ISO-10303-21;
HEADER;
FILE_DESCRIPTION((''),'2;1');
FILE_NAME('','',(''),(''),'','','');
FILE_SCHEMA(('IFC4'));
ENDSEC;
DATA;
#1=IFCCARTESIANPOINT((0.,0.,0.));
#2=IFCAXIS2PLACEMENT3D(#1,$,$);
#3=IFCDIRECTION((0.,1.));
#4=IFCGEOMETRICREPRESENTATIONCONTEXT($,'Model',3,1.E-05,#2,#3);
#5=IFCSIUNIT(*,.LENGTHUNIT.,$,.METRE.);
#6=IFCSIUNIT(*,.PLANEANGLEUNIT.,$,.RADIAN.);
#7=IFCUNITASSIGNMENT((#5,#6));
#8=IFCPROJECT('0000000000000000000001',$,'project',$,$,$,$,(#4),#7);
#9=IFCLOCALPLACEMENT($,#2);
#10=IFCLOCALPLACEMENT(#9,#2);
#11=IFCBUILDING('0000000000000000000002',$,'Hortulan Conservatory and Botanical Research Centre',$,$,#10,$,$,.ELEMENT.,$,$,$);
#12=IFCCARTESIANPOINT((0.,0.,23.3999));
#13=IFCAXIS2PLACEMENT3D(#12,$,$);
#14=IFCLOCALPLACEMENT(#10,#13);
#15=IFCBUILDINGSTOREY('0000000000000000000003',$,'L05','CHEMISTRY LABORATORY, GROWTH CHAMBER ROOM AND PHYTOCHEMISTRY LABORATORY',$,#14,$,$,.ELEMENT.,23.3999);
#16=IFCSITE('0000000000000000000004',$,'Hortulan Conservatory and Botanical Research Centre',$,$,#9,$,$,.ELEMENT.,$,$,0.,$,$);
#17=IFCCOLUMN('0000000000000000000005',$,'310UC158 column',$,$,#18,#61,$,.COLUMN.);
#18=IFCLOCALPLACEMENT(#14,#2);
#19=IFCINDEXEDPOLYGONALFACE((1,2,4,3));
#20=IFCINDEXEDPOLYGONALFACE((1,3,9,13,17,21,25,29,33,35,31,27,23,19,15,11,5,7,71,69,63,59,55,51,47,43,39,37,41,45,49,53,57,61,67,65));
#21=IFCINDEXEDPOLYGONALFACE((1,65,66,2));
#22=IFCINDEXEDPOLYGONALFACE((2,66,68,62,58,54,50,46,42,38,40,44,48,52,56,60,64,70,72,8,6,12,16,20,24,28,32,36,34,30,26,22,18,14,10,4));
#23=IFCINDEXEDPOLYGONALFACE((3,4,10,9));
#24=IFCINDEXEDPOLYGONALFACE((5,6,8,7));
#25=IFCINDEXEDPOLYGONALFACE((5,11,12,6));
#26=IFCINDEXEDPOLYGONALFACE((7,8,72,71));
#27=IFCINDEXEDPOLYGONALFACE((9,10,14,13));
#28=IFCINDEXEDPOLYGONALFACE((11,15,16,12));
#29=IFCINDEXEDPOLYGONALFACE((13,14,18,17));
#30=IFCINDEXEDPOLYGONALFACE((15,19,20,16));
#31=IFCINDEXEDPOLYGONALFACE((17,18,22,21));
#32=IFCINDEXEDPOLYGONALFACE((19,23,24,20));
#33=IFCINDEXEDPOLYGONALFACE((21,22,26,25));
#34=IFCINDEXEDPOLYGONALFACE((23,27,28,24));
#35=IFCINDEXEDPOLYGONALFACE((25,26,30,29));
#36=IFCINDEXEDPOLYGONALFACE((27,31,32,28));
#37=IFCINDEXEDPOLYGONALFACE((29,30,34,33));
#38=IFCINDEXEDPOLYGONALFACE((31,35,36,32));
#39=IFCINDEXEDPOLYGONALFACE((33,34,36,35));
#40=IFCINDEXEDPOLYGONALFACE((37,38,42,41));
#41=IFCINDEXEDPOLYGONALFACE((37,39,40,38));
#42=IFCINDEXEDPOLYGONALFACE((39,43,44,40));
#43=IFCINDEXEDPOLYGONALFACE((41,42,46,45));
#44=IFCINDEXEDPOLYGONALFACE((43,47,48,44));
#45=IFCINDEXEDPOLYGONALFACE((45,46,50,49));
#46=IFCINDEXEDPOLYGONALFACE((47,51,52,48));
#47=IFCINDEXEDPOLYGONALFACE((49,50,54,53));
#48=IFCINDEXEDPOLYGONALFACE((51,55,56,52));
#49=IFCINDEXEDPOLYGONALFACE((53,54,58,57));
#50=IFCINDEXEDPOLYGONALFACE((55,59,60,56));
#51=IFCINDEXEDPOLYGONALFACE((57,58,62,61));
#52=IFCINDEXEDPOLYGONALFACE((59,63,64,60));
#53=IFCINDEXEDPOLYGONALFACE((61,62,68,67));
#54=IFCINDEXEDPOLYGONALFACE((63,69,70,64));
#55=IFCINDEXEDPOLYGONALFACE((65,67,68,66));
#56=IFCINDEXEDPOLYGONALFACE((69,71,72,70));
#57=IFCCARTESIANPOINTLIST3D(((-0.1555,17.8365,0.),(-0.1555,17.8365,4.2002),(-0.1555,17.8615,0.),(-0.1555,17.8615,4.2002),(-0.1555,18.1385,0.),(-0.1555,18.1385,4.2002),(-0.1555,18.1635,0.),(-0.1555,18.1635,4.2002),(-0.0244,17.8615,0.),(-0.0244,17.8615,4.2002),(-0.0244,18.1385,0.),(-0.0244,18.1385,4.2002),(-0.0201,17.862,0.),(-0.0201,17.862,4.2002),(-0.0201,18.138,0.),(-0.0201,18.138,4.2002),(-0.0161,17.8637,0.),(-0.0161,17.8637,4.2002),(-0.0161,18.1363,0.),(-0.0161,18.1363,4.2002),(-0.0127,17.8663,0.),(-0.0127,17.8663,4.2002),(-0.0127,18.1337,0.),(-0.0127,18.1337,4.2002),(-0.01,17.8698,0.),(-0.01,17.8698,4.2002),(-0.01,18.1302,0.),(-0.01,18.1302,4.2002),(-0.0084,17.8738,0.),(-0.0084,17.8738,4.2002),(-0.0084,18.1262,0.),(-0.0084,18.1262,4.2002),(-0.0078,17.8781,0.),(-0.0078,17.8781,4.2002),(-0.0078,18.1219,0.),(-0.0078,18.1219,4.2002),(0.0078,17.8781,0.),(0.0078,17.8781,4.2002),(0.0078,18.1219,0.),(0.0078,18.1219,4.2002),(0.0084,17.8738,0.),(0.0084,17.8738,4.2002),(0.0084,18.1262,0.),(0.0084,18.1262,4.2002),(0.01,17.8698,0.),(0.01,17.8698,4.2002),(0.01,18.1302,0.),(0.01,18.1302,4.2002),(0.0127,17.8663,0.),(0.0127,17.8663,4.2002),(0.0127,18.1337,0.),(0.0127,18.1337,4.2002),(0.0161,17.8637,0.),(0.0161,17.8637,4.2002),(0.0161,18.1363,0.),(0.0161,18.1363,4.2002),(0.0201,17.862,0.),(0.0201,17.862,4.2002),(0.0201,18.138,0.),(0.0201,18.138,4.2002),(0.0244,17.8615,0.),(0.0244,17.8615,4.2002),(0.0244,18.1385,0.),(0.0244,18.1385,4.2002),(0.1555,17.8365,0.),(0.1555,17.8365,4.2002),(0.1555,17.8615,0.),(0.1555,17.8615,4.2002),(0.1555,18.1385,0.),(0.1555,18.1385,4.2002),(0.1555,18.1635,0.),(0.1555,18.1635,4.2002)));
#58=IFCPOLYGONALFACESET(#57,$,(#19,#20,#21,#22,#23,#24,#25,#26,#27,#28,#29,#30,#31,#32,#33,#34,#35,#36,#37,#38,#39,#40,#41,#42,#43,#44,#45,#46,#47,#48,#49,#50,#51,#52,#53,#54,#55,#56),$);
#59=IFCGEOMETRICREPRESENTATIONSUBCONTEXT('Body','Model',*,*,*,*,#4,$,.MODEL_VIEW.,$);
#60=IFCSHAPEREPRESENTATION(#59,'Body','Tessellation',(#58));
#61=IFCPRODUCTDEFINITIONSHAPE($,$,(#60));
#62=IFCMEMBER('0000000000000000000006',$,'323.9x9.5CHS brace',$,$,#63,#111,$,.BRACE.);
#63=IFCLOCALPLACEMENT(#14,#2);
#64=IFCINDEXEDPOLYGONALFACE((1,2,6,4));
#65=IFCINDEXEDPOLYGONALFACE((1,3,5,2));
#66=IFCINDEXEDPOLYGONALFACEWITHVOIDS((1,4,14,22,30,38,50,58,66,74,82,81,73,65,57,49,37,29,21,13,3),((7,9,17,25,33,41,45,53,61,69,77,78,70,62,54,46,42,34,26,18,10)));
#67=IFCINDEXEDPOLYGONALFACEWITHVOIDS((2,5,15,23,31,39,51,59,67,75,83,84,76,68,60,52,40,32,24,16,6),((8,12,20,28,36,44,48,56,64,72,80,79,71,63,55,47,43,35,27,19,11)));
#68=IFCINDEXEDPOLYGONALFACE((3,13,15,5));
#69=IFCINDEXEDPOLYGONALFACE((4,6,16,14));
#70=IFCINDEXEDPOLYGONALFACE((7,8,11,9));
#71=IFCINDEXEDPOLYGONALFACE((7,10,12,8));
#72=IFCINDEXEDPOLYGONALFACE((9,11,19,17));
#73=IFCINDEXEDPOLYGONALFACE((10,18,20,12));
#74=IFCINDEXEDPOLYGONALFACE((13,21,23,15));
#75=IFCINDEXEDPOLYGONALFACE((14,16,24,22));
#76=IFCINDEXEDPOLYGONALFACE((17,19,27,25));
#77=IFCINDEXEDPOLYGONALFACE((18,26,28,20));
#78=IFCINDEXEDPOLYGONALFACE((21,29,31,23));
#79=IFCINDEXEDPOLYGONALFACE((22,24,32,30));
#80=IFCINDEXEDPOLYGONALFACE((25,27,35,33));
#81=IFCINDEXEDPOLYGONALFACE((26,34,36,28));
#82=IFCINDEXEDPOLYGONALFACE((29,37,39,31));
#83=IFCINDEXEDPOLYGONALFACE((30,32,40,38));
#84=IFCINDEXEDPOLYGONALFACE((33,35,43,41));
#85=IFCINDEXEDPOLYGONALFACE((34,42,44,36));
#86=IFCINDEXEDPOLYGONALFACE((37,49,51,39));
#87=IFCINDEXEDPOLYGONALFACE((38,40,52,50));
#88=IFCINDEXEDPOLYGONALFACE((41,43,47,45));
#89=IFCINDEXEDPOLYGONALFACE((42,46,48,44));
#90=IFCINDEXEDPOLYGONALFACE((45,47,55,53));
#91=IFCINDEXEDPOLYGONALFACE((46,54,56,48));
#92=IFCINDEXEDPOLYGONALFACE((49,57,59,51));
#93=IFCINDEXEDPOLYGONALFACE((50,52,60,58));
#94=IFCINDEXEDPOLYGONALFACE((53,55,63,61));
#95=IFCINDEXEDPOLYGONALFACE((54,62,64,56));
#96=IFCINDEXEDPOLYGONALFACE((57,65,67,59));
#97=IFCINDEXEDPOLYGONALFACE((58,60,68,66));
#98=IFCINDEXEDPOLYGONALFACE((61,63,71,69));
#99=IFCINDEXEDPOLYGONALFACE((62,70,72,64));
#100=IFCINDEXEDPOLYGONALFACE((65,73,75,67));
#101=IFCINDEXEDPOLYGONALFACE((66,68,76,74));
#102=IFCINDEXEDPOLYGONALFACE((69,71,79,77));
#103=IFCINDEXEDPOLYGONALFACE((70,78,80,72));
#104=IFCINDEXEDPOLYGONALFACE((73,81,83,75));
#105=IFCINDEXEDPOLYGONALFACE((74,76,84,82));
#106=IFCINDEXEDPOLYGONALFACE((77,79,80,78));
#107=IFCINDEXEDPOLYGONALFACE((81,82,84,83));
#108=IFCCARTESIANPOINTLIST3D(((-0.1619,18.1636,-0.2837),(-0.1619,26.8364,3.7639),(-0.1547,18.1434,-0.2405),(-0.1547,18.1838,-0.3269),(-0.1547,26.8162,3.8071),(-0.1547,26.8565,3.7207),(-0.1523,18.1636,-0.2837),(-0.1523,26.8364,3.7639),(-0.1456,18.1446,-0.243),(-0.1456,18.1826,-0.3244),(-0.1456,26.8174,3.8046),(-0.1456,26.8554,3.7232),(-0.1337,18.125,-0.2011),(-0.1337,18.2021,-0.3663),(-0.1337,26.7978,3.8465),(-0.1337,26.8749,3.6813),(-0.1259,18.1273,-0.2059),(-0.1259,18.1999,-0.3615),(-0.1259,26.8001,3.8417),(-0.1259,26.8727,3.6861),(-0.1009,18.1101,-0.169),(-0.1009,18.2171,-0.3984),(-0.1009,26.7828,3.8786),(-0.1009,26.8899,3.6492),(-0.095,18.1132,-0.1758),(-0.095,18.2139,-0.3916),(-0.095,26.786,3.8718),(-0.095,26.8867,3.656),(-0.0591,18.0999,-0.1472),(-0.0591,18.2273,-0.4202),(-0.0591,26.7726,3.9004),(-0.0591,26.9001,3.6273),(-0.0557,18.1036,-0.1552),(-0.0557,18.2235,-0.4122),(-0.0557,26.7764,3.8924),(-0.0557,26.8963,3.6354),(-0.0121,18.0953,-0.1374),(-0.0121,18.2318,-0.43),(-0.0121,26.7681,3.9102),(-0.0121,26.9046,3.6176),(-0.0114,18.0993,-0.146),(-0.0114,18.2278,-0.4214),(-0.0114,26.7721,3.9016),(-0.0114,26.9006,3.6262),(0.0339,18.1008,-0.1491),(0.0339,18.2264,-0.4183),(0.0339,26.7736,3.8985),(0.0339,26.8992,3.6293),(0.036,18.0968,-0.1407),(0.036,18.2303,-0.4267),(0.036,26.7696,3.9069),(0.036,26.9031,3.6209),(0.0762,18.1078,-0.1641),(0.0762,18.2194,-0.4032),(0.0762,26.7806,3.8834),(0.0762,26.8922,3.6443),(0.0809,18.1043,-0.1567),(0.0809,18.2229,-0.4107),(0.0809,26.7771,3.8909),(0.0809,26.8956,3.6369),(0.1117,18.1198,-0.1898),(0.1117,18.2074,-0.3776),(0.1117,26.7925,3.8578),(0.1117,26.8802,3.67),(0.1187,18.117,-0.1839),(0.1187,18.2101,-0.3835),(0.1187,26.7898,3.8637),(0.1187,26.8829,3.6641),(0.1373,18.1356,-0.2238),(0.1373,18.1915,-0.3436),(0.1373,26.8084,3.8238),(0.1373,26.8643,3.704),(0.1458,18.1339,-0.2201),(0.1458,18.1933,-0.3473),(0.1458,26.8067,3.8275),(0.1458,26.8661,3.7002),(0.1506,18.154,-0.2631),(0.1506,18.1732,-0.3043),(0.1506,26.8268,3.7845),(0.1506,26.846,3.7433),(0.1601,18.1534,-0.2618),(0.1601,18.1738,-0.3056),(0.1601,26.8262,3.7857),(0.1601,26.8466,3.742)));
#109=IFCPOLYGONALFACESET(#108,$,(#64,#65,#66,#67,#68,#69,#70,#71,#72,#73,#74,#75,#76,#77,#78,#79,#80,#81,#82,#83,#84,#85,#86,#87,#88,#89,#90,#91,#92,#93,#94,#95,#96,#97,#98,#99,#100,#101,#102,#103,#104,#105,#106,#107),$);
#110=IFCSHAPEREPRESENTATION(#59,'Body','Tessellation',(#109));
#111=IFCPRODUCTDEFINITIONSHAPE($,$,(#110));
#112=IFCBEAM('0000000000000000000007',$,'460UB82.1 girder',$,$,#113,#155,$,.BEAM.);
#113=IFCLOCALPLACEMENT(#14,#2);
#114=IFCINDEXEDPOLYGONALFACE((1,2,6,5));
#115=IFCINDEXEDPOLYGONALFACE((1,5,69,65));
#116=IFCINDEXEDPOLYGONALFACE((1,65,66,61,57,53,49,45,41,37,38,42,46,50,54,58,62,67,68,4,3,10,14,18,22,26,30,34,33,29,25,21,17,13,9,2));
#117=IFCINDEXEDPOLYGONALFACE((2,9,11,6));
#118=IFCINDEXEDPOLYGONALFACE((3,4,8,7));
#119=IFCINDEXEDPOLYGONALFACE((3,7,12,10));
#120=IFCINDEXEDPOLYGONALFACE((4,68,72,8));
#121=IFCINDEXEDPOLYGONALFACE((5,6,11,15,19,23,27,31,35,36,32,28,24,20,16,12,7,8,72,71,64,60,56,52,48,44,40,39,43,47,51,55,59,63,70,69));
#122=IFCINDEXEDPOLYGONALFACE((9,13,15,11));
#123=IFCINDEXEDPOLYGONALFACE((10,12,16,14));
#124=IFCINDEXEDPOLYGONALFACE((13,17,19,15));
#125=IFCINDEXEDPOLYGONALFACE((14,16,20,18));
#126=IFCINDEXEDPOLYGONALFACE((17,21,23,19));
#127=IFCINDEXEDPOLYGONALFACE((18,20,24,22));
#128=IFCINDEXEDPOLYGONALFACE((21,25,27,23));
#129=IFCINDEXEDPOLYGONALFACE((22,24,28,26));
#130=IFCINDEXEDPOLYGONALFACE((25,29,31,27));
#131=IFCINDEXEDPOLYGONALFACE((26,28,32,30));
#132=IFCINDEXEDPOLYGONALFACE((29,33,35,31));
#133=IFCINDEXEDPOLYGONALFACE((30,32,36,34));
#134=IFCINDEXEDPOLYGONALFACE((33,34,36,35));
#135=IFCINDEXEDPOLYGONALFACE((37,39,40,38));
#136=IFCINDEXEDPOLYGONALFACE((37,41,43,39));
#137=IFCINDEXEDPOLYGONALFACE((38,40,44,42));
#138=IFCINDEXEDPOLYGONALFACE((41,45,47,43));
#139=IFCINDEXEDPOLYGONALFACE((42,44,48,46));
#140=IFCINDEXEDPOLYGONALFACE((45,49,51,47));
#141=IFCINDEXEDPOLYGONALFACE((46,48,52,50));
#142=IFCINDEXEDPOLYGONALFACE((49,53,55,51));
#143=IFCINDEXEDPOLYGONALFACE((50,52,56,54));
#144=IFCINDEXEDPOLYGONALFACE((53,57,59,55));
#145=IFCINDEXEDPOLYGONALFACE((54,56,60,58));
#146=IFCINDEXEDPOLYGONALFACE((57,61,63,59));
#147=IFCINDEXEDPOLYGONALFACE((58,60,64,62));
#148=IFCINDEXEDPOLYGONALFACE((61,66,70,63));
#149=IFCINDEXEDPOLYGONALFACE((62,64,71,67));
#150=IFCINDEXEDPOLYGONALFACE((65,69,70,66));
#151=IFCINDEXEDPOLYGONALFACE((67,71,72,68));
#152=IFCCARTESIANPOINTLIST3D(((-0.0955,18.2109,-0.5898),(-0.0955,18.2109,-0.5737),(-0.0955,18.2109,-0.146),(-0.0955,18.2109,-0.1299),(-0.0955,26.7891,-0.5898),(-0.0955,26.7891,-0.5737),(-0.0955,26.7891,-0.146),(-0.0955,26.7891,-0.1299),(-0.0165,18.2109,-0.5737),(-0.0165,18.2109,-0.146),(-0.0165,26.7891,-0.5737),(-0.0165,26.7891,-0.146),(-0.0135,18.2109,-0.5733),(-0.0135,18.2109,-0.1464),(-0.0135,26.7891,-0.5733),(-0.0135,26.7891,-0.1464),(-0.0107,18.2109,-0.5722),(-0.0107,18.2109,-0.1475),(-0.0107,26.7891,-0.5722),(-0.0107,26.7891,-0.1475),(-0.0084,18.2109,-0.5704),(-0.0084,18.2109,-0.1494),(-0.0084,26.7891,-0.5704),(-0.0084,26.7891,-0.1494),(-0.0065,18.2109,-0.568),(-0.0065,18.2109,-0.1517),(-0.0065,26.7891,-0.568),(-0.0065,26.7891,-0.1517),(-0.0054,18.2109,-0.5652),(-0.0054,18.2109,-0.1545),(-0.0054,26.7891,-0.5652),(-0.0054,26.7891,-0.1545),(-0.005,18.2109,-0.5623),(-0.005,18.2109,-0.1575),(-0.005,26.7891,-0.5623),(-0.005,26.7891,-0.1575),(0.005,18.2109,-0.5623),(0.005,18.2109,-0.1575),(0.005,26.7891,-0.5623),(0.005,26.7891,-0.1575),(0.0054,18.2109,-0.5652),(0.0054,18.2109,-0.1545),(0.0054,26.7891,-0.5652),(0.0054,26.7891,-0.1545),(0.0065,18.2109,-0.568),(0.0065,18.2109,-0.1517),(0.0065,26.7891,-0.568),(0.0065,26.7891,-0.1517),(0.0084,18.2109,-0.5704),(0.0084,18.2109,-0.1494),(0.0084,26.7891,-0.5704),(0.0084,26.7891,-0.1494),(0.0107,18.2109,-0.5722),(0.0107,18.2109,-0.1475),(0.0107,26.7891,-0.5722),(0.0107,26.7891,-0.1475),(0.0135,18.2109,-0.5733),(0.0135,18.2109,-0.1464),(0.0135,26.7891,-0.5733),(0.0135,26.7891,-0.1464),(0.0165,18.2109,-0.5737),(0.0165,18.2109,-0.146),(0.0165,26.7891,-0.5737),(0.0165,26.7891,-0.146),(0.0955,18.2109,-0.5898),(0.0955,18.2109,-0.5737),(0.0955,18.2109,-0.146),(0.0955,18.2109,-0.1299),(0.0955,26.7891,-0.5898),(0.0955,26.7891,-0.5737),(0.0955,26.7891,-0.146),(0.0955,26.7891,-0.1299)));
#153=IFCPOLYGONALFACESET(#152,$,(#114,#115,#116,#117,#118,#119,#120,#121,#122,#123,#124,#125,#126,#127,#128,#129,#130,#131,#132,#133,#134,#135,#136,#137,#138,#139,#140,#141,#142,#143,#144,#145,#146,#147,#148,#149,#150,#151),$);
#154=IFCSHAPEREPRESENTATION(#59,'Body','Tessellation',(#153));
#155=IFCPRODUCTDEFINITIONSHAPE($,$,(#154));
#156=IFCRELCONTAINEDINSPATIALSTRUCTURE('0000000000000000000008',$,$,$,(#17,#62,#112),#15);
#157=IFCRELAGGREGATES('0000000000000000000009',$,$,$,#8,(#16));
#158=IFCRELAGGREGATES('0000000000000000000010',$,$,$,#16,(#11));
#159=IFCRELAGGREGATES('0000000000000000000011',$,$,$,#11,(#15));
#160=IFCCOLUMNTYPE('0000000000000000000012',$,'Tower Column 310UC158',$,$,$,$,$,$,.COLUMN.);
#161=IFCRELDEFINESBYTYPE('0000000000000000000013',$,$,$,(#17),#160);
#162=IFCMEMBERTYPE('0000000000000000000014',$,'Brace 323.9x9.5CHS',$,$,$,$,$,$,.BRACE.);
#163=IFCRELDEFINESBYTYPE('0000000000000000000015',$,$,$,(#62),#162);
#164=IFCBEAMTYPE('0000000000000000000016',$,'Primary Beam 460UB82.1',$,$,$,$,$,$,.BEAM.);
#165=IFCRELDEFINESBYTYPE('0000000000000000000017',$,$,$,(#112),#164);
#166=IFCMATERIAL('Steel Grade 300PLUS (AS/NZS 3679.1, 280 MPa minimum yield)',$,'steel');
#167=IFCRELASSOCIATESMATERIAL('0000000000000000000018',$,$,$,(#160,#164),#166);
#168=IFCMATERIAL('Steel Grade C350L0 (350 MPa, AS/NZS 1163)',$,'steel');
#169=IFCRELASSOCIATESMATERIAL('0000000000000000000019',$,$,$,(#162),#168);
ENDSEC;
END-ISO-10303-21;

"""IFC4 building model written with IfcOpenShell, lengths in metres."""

from ifc_helpers import new_model, si_unit, direction, frame, origin, origin_2d, place, context, subcontext, project, spatial, hollow_circle, i_section, extrude, material, material_profile, profile_set, type_object, element, save


model = new_model("IFC4")

# Units and contexts
model_context = context("Model", 3, precision=1e-05, world=origin(), true_north=direction((0.0, 1.0)))
body_context = subcontext(model_context, "Body", "Model", "MODEL_VIEW")
ifc_project = project(units=[si_unit("LENGTHUNIT", "METRE"), si_unit("PLANEANGLEUNIT", "RADIAN")], contexts=[model_context])

# Site, building, storey
site_placement = place(None, origin())
site = spatial("IfcSite", under=ifc_project, at=site_placement, Name="Hortulan Conservatory and Botanical Research Centre", CompositionType="ELEMENT", RefElevation=0.0)
building_placement = place(site_placement, origin())
building = spatial("IfcBuilding", under=site, at=building_placement, Name="Hortulan Conservatory and Botanical Research Centre", CompositionType="ELEMENT")
storey_placement = place(building_placement, frame((0.0, 0.0, 23.3999)))
storey = spatial("IfcBuildingStorey", under=building, at=storey_placement, Name="L05", Description="CHEMISTRY LABORATORY, GROWTH CHAMBER ROOM AND PHYTOCHEMISTRY LABORATORY", CompositionType="ELEMENT", Elevation=23.3999)

# Column
ifc_material_1 = material(Name="Steel Grade 300PLUS (AS/NZS 3679.1, 280 MPa minimum yield)", Category="steel")
ifc_material_profile_1 = material_profile(ifc_material_1, i_section(OverallWidth=0.311, OverallDepth=0.3269, WebThickness=0.0156, FlangeThickness=0.0249, FilletRadius=0.0166, at=origin_2d()), Name="310UC158")
ifc_profile_set_1 = profile_set([ifc_material_profile_1], Name="Steel Grade 300PLUS (AS/NZS 3679.1, 280 MPa minimum yield)")
column_type = type_object("IfcColumnType", Name="Tower Column 310UC158", PredefinedType="COLUMN", material=ifc_profile_set_1)
column_placement = place(storey_placement, frame((0.0, 18.0, 0.0), z_axis=(0.0, 0.0, 1.0), x_axis=(1.0, 0.0, 0.0)))
element("IfcColumn", 1, at=column_placement, inside=storey, type_object=column_type, Name="310UC158 column", PredefinedType="COLUMN", context=body_context, shape_type="SweptSolid", body=[
    extrude(i_section(OverallWidth=0.311, OverallDepth=0.3269, WebThickness=0.0156, FlangeThickness=0.0249, FilletRadius=0.0166, at=origin_2d()), origin(), (0.0, 0.0, 1.0), 4.2002),
])

# Member
ifc_material_2 = material(Name="Steel Grade C350L0 (350 MPa, AS/NZS 1163)", Category="steel")
ifc_material_profile_2 = material_profile(ifc_material_2, hollow_circle(Radius=0.1619, WallThickness=0.0095, at=origin_2d()), Name="323.9x9.5CHS")
ifc_profile_set_2 = profile_set([ifc_material_profile_2], Name="Steel Grade C350L0 (350 MPa, AS/NZS 1163)")
member_type = type_object("IfcMemberType", Name="Brace 323.9x9.5CHS", PredefinedType="BRACE", material=ifc_profile_set_2)
member_placement = place(storey_placement, frame((0.0, 18.1636, -0.2837), z_axis=(0.0, 0.906172, 0.422909), x_axis=(-1.0, 0.0, 0.0)))
element("IfcMember", 2, at=member_placement, inside=storey, type_object=member_type, Name="323.9x9.5CHS brace", PredefinedType="BRACE", context=body_context, shape_type="SweptSolid", body=[
    extrude(hollow_circle(Radius=0.1619, WallThickness=0.0095, at=origin_2d()), origin(), (0.0, 0.0, 1.0), 9.5708),
])

# Beam
ifc_material_profile_3 = material_profile(ifc_material_1, i_section(OverallWidth=0.1909, OverallDepth=0.46, WebThickness=0.01, FlangeThickness=0.0161, FilletRadius=0.0115, at=origin_2d()), Name="460UB82.1")
ifc_profile_set_3 = profile_set([ifc_material_profile_3], Name="Steel Grade 300PLUS (AS/NZS 3679.1, 280 MPa minimum yield)")
beam_type_1 = type_object("IfcBeamType", Name="Primary Beam 460UB82.1", PredefinedType="BEAM", material=ifc_profile_set_3)
beam_1_placement = place(storey_placement, frame((0.0, 18.2109, -0.3599), z_axis=(0.0, 1.0, 0.0), x_axis=(-1.0, 0.0, 0.0)))
element("IfcBeam", 3, at=beam_1_placement, inside=storey, type_object=beam_type_1, Name="460UB82.1 girder", PredefinedType="BEAM", context=body_context, shape_type="SweptSolid", body=[
    extrude(i_section(OverallWidth=0.1909, OverallDepth=0.46, WebThickness=0.01, FlangeThickness=0.0161, FilletRadius=0.0115, at=origin_2d()), origin(), (0.0, 0.0, 1.0), 8.5781),
])

save(model, "model.ifc")
